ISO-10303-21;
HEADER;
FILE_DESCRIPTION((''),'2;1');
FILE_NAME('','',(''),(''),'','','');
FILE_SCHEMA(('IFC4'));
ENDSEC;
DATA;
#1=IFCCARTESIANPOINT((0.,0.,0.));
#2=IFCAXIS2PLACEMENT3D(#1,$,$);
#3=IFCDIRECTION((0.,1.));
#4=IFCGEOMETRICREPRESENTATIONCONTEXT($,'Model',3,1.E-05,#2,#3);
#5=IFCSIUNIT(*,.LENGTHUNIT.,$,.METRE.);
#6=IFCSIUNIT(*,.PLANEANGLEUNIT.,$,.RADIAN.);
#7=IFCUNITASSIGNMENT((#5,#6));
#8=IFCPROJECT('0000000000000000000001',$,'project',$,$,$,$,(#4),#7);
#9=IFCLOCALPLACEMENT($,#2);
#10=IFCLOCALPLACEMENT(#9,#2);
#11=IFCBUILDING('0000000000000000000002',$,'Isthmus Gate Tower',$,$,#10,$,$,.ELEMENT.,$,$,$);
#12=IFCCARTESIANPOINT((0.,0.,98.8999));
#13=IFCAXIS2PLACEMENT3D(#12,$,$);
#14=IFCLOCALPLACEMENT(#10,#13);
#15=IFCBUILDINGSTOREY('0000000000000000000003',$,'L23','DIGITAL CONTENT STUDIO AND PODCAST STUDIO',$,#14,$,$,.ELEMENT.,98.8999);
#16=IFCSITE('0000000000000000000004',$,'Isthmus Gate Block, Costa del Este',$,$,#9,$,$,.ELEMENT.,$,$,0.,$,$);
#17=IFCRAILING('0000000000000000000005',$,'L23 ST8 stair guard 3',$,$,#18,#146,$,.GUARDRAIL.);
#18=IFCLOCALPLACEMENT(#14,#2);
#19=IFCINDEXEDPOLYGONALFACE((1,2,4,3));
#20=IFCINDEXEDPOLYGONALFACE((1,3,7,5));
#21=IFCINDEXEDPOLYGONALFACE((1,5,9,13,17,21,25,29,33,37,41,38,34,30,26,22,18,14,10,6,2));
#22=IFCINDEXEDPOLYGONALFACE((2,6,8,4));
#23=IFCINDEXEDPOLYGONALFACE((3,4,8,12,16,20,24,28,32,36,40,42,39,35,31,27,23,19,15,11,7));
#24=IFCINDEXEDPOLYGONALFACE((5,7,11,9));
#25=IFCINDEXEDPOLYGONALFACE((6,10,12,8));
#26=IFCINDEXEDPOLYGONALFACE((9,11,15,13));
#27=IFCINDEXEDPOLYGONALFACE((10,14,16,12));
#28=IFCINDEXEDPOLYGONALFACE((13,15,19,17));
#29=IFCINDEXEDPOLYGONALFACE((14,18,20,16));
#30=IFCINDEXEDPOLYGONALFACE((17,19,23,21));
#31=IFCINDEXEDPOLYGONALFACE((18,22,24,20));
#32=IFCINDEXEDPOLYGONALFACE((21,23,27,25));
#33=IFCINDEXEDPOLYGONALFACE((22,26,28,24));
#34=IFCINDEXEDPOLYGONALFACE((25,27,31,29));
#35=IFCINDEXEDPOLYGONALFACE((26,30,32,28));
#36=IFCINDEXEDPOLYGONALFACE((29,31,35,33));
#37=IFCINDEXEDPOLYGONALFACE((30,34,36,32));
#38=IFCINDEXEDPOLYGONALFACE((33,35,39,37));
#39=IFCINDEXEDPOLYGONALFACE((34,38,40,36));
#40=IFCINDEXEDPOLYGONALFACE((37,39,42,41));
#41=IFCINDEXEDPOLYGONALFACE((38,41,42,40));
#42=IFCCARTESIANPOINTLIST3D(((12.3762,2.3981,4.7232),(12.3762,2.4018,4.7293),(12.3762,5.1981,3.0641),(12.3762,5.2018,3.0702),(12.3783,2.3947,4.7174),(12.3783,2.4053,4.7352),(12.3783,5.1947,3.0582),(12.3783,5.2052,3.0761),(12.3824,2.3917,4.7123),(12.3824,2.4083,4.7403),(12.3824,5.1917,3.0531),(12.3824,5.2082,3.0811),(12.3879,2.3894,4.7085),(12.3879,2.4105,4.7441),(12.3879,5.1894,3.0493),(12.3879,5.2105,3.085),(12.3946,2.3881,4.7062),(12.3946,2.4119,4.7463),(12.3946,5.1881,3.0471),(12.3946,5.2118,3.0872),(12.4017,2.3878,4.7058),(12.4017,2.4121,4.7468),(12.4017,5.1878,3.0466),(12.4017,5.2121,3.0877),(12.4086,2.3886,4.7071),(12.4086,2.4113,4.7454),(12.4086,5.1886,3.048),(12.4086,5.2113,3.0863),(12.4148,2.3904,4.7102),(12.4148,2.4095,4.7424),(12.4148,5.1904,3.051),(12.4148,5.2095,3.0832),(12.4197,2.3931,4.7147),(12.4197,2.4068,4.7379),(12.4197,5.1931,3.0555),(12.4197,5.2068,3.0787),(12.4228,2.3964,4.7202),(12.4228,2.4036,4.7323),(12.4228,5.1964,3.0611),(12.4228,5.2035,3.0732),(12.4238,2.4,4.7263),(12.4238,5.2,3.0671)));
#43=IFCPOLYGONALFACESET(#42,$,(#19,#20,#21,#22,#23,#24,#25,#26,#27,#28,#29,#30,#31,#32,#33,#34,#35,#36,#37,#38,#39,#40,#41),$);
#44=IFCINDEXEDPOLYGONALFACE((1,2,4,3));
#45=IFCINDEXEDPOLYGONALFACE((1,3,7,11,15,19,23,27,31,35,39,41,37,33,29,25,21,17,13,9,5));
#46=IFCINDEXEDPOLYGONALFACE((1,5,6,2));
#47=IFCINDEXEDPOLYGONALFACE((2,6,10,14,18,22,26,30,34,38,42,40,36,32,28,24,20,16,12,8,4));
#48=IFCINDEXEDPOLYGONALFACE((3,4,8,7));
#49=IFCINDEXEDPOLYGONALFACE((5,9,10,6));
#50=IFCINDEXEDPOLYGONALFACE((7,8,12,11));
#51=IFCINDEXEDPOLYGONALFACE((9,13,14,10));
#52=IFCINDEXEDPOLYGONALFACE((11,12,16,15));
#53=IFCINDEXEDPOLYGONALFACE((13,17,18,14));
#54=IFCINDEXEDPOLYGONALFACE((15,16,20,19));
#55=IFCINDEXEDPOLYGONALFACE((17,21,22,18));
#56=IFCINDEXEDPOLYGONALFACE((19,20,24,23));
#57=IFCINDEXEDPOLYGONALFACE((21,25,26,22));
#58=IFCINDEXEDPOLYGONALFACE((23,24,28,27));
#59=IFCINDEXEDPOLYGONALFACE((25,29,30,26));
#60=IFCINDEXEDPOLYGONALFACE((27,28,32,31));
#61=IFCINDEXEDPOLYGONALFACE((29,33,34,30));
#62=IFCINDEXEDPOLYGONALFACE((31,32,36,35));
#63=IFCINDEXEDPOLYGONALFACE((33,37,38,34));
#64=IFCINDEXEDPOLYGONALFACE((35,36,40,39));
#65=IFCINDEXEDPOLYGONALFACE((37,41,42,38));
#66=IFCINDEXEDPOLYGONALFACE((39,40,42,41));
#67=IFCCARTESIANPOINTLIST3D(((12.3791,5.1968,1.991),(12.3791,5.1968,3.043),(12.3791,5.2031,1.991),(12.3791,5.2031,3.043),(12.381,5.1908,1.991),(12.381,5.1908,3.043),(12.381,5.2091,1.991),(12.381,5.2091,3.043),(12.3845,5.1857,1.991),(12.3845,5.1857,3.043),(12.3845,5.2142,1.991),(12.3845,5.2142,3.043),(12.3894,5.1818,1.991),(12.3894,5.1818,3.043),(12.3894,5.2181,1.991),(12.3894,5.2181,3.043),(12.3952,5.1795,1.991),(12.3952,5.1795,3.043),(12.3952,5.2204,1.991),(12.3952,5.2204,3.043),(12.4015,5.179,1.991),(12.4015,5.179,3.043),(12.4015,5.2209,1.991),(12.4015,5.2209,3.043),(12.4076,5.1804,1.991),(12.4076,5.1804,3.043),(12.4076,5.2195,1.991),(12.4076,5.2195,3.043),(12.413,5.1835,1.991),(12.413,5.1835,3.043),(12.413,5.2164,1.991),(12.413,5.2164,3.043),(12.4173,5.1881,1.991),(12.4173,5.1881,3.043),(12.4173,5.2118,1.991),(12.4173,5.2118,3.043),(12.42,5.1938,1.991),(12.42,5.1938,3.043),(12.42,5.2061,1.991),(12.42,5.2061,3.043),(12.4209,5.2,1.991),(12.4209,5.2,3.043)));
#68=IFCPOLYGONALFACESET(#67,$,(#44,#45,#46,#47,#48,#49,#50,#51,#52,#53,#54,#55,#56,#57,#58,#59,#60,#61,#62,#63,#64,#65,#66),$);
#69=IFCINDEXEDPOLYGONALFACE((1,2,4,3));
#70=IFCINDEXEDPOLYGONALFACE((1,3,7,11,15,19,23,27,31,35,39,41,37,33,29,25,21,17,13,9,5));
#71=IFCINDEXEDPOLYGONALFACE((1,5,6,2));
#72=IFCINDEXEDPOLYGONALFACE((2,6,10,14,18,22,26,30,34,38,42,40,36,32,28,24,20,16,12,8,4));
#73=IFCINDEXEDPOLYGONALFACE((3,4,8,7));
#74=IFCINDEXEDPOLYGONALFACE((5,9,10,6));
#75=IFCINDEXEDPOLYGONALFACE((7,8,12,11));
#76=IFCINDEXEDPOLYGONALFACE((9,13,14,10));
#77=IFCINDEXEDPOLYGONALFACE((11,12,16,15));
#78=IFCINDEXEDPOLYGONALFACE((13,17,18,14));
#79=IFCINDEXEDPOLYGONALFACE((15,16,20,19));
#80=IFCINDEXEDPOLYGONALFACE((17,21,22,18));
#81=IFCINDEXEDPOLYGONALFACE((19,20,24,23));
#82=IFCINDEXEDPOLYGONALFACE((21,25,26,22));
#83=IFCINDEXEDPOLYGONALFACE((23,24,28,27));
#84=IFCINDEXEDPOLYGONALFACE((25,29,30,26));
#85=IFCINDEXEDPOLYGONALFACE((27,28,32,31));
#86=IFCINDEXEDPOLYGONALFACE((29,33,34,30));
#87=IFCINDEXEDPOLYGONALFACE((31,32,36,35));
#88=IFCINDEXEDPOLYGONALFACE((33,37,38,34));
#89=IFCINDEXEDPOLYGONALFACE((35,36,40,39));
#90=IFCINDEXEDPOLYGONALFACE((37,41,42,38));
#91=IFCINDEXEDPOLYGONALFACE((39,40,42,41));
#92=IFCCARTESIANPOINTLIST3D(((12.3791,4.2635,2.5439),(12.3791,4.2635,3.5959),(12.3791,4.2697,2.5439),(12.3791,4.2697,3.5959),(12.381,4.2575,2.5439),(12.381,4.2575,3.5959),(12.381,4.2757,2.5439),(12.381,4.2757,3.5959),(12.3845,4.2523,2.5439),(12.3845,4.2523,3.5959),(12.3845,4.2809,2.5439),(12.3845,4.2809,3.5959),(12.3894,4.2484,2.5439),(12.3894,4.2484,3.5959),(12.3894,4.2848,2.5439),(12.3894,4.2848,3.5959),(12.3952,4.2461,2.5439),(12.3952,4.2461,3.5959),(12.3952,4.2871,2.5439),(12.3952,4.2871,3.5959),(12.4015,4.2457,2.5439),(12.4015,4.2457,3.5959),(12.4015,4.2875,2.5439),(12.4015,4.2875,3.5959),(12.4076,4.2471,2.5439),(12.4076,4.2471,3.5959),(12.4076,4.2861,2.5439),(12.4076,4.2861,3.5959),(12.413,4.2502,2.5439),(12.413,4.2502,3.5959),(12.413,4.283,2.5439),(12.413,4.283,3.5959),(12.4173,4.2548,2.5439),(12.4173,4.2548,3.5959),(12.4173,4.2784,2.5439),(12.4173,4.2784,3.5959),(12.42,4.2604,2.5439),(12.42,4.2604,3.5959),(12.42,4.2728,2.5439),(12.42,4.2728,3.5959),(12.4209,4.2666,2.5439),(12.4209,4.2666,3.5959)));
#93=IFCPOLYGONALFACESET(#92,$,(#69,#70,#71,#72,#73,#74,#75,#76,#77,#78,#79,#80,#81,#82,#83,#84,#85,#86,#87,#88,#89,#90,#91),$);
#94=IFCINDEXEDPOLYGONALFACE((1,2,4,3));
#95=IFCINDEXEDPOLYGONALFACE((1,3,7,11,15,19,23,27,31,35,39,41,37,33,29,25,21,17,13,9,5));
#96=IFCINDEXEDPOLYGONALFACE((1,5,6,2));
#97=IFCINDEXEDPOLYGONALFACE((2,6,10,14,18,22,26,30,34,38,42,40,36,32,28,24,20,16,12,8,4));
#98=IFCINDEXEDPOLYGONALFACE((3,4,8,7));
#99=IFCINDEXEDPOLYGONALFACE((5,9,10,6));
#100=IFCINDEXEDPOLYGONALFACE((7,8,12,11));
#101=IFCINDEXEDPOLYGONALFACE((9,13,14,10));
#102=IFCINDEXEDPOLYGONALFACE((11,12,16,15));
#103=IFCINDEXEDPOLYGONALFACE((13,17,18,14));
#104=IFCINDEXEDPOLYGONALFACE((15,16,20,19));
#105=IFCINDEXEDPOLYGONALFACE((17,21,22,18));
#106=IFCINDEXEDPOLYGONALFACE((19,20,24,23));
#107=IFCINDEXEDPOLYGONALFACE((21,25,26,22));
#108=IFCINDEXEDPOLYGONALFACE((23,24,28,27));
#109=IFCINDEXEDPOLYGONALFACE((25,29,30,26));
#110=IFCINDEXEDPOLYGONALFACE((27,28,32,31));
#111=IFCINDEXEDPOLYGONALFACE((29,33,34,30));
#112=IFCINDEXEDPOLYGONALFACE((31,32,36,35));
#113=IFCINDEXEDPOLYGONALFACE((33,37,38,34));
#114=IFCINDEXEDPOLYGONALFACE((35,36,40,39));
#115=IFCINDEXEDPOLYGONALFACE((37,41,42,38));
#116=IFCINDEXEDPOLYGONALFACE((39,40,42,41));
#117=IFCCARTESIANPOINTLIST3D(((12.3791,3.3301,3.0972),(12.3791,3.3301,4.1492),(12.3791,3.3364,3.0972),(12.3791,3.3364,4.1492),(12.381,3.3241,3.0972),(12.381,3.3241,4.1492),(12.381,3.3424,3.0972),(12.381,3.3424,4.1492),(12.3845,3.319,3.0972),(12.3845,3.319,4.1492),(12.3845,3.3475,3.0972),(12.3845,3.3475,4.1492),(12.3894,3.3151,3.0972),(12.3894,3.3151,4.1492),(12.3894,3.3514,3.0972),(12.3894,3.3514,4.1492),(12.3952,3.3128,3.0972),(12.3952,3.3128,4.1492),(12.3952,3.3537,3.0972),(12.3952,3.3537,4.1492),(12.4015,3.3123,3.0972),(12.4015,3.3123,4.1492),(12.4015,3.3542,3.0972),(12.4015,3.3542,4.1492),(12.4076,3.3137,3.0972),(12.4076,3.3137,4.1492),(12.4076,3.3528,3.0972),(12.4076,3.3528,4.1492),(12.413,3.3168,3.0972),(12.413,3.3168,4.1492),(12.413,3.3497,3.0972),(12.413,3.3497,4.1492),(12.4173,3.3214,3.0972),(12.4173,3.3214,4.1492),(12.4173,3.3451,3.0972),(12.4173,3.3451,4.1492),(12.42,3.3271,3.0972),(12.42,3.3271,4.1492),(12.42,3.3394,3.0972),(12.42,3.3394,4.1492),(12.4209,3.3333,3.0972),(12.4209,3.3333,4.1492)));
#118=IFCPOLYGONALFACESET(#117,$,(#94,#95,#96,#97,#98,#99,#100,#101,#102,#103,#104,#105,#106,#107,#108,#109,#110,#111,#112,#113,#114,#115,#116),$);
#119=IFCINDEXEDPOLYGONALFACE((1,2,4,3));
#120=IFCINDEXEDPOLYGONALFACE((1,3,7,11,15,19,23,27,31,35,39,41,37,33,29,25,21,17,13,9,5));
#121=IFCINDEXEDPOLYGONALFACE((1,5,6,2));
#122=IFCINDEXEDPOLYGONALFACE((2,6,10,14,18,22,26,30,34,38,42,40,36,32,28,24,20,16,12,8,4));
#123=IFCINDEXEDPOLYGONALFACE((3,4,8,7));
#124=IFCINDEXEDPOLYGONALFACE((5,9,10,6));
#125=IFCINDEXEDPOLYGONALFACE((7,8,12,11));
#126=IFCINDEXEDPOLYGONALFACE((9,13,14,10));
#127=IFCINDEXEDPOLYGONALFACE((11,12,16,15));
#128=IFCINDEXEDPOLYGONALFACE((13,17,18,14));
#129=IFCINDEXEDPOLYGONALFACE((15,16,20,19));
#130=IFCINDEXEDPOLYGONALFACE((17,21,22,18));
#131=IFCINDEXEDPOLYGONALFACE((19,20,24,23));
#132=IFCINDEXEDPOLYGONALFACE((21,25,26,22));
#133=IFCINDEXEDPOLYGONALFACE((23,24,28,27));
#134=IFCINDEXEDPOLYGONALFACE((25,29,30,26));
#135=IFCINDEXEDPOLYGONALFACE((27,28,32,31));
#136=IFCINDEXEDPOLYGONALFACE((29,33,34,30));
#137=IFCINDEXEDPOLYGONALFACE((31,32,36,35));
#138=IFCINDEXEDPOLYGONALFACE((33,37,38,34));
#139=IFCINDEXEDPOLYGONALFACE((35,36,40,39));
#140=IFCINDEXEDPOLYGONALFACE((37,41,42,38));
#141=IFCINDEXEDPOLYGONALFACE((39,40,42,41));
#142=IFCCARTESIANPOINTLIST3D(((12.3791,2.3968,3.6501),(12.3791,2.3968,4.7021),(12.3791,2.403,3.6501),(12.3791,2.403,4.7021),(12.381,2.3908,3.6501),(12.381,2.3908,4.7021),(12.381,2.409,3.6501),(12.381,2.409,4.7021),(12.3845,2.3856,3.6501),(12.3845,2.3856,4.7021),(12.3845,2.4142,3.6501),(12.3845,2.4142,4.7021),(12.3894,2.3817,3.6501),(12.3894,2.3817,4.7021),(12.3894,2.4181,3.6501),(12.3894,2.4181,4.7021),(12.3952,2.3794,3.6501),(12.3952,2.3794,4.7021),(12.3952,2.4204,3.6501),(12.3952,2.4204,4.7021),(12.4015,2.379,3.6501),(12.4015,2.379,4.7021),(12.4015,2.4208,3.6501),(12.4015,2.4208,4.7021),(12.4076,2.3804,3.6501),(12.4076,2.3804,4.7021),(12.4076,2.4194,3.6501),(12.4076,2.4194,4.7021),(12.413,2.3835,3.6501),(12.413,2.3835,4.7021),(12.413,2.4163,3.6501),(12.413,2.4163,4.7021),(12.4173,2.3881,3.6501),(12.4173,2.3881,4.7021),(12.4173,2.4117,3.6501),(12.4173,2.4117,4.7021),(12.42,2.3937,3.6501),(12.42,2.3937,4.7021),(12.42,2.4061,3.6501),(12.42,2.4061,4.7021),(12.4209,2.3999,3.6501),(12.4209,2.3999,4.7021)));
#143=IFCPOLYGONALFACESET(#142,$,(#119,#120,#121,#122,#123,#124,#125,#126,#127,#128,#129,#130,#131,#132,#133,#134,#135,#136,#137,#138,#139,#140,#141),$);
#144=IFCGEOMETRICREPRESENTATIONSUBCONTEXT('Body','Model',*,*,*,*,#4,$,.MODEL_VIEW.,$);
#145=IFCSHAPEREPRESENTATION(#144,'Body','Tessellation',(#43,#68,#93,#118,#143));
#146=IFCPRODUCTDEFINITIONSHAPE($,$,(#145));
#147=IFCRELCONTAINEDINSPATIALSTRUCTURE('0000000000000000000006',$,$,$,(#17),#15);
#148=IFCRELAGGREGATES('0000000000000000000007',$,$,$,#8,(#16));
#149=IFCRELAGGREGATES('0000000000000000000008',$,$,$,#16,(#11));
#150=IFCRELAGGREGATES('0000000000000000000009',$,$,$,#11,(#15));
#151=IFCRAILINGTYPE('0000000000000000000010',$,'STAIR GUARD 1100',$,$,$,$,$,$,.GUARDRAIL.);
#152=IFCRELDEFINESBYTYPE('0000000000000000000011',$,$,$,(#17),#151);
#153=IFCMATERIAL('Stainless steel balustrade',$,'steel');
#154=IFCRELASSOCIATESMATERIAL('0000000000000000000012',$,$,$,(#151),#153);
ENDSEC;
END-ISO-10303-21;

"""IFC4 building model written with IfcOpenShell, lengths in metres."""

from ifc_helpers import new_model, si_unit, direction, frame, origin, origin_2d, place, context, subcontext, project, spatial, circle, extrude, material, type_object, element, save


model = new_model("IFC4")

# Units and contexts
model_context = context("Model", 3, precision=1e-05, world=origin(), true_north=direction((0.0, 1.0)))
body_context = subcontext(model_context, "Body", "Model", "MODEL_VIEW")
ifc_project = project(units=[si_unit("LENGTHUNIT", "METRE"), si_unit("PLANEANGLEUNIT", "RADIAN")], contexts=[model_context])

# Site, building, storey
site_placement = place(None, origin())
site = spatial("IfcSite", under=ifc_project, at=site_placement, Name="Isthmus Gate Block, Costa del Este", CompositionType="ELEMENT", RefElevation=0.0)
building_placement = place(site_placement, origin())
building = spatial("IfcBuilding", under=site, at=building_placement, Name="Isthmus Gate Tower", CompositionType="ELEMENT")
storey_placement = place(building_placement, frame((0.0, 0.0, 98.8999)))
storey = spatial("IfcBuildingStorey", under=building, at=storey_placement, Name="L23", Description="DIGITAL CONTENT STUDIO AND PODCAST STUDIO", CompositionType="ELEMENT", Elevation=98.8999)

# Railing
ifc_material_1 = material(Name="Stainless steel balustrade", Category="steel")
railing_type_1 = type_object("IfcRailingType", Name="STAIR GUARD 1100", PredefinedType="GUARDRAIL", material=ifc_material_1)
railing_1_placement = place(storey_placement, frame((12.3999, 5.2, 1.991)))
element("IfcRailing", 1, at=railing_1_placement, inside=storey, type_object=railing_type_1, Name="L23 ST8 stair guard 3", PredefinedType="GUARDRAIL", context=body_context, shape_type="SweptSolid", body=[
    extrude(circle(Radius=0.0239, at=origin_2d()), frame((0.0, 0.0, 1.0762), z_axis=(0.0, -0.860306, 0.509778), x_axis=(1.0, 0.0, 0.0)), (0.0, 0.0, 1.0), 3.2546),
    extrude(circle(Radius=0.021, at=origin_2d()), origin(), (0.0, 0.0, 1.0), 1.052),
    extrude(circle(Radius=0.021, at=origin_2d()), frame((0.0, -0.9333, 0.553)), (0.0, 0.0, 1.0), 1.052),
    extrude(circle(Radius=0.021, at=origin_2d()), frame((0.0, -1.8667, 1.1062)), (0.0, 0.0, 1.0), 1.052),
    extrude(circle(Radius=0.021, at=origin_2d()), frame((0.0, -2.8, 1.6592)), (0.0, 0.0, 1.0), 1.052),
])

save(model, "model.ifc")
